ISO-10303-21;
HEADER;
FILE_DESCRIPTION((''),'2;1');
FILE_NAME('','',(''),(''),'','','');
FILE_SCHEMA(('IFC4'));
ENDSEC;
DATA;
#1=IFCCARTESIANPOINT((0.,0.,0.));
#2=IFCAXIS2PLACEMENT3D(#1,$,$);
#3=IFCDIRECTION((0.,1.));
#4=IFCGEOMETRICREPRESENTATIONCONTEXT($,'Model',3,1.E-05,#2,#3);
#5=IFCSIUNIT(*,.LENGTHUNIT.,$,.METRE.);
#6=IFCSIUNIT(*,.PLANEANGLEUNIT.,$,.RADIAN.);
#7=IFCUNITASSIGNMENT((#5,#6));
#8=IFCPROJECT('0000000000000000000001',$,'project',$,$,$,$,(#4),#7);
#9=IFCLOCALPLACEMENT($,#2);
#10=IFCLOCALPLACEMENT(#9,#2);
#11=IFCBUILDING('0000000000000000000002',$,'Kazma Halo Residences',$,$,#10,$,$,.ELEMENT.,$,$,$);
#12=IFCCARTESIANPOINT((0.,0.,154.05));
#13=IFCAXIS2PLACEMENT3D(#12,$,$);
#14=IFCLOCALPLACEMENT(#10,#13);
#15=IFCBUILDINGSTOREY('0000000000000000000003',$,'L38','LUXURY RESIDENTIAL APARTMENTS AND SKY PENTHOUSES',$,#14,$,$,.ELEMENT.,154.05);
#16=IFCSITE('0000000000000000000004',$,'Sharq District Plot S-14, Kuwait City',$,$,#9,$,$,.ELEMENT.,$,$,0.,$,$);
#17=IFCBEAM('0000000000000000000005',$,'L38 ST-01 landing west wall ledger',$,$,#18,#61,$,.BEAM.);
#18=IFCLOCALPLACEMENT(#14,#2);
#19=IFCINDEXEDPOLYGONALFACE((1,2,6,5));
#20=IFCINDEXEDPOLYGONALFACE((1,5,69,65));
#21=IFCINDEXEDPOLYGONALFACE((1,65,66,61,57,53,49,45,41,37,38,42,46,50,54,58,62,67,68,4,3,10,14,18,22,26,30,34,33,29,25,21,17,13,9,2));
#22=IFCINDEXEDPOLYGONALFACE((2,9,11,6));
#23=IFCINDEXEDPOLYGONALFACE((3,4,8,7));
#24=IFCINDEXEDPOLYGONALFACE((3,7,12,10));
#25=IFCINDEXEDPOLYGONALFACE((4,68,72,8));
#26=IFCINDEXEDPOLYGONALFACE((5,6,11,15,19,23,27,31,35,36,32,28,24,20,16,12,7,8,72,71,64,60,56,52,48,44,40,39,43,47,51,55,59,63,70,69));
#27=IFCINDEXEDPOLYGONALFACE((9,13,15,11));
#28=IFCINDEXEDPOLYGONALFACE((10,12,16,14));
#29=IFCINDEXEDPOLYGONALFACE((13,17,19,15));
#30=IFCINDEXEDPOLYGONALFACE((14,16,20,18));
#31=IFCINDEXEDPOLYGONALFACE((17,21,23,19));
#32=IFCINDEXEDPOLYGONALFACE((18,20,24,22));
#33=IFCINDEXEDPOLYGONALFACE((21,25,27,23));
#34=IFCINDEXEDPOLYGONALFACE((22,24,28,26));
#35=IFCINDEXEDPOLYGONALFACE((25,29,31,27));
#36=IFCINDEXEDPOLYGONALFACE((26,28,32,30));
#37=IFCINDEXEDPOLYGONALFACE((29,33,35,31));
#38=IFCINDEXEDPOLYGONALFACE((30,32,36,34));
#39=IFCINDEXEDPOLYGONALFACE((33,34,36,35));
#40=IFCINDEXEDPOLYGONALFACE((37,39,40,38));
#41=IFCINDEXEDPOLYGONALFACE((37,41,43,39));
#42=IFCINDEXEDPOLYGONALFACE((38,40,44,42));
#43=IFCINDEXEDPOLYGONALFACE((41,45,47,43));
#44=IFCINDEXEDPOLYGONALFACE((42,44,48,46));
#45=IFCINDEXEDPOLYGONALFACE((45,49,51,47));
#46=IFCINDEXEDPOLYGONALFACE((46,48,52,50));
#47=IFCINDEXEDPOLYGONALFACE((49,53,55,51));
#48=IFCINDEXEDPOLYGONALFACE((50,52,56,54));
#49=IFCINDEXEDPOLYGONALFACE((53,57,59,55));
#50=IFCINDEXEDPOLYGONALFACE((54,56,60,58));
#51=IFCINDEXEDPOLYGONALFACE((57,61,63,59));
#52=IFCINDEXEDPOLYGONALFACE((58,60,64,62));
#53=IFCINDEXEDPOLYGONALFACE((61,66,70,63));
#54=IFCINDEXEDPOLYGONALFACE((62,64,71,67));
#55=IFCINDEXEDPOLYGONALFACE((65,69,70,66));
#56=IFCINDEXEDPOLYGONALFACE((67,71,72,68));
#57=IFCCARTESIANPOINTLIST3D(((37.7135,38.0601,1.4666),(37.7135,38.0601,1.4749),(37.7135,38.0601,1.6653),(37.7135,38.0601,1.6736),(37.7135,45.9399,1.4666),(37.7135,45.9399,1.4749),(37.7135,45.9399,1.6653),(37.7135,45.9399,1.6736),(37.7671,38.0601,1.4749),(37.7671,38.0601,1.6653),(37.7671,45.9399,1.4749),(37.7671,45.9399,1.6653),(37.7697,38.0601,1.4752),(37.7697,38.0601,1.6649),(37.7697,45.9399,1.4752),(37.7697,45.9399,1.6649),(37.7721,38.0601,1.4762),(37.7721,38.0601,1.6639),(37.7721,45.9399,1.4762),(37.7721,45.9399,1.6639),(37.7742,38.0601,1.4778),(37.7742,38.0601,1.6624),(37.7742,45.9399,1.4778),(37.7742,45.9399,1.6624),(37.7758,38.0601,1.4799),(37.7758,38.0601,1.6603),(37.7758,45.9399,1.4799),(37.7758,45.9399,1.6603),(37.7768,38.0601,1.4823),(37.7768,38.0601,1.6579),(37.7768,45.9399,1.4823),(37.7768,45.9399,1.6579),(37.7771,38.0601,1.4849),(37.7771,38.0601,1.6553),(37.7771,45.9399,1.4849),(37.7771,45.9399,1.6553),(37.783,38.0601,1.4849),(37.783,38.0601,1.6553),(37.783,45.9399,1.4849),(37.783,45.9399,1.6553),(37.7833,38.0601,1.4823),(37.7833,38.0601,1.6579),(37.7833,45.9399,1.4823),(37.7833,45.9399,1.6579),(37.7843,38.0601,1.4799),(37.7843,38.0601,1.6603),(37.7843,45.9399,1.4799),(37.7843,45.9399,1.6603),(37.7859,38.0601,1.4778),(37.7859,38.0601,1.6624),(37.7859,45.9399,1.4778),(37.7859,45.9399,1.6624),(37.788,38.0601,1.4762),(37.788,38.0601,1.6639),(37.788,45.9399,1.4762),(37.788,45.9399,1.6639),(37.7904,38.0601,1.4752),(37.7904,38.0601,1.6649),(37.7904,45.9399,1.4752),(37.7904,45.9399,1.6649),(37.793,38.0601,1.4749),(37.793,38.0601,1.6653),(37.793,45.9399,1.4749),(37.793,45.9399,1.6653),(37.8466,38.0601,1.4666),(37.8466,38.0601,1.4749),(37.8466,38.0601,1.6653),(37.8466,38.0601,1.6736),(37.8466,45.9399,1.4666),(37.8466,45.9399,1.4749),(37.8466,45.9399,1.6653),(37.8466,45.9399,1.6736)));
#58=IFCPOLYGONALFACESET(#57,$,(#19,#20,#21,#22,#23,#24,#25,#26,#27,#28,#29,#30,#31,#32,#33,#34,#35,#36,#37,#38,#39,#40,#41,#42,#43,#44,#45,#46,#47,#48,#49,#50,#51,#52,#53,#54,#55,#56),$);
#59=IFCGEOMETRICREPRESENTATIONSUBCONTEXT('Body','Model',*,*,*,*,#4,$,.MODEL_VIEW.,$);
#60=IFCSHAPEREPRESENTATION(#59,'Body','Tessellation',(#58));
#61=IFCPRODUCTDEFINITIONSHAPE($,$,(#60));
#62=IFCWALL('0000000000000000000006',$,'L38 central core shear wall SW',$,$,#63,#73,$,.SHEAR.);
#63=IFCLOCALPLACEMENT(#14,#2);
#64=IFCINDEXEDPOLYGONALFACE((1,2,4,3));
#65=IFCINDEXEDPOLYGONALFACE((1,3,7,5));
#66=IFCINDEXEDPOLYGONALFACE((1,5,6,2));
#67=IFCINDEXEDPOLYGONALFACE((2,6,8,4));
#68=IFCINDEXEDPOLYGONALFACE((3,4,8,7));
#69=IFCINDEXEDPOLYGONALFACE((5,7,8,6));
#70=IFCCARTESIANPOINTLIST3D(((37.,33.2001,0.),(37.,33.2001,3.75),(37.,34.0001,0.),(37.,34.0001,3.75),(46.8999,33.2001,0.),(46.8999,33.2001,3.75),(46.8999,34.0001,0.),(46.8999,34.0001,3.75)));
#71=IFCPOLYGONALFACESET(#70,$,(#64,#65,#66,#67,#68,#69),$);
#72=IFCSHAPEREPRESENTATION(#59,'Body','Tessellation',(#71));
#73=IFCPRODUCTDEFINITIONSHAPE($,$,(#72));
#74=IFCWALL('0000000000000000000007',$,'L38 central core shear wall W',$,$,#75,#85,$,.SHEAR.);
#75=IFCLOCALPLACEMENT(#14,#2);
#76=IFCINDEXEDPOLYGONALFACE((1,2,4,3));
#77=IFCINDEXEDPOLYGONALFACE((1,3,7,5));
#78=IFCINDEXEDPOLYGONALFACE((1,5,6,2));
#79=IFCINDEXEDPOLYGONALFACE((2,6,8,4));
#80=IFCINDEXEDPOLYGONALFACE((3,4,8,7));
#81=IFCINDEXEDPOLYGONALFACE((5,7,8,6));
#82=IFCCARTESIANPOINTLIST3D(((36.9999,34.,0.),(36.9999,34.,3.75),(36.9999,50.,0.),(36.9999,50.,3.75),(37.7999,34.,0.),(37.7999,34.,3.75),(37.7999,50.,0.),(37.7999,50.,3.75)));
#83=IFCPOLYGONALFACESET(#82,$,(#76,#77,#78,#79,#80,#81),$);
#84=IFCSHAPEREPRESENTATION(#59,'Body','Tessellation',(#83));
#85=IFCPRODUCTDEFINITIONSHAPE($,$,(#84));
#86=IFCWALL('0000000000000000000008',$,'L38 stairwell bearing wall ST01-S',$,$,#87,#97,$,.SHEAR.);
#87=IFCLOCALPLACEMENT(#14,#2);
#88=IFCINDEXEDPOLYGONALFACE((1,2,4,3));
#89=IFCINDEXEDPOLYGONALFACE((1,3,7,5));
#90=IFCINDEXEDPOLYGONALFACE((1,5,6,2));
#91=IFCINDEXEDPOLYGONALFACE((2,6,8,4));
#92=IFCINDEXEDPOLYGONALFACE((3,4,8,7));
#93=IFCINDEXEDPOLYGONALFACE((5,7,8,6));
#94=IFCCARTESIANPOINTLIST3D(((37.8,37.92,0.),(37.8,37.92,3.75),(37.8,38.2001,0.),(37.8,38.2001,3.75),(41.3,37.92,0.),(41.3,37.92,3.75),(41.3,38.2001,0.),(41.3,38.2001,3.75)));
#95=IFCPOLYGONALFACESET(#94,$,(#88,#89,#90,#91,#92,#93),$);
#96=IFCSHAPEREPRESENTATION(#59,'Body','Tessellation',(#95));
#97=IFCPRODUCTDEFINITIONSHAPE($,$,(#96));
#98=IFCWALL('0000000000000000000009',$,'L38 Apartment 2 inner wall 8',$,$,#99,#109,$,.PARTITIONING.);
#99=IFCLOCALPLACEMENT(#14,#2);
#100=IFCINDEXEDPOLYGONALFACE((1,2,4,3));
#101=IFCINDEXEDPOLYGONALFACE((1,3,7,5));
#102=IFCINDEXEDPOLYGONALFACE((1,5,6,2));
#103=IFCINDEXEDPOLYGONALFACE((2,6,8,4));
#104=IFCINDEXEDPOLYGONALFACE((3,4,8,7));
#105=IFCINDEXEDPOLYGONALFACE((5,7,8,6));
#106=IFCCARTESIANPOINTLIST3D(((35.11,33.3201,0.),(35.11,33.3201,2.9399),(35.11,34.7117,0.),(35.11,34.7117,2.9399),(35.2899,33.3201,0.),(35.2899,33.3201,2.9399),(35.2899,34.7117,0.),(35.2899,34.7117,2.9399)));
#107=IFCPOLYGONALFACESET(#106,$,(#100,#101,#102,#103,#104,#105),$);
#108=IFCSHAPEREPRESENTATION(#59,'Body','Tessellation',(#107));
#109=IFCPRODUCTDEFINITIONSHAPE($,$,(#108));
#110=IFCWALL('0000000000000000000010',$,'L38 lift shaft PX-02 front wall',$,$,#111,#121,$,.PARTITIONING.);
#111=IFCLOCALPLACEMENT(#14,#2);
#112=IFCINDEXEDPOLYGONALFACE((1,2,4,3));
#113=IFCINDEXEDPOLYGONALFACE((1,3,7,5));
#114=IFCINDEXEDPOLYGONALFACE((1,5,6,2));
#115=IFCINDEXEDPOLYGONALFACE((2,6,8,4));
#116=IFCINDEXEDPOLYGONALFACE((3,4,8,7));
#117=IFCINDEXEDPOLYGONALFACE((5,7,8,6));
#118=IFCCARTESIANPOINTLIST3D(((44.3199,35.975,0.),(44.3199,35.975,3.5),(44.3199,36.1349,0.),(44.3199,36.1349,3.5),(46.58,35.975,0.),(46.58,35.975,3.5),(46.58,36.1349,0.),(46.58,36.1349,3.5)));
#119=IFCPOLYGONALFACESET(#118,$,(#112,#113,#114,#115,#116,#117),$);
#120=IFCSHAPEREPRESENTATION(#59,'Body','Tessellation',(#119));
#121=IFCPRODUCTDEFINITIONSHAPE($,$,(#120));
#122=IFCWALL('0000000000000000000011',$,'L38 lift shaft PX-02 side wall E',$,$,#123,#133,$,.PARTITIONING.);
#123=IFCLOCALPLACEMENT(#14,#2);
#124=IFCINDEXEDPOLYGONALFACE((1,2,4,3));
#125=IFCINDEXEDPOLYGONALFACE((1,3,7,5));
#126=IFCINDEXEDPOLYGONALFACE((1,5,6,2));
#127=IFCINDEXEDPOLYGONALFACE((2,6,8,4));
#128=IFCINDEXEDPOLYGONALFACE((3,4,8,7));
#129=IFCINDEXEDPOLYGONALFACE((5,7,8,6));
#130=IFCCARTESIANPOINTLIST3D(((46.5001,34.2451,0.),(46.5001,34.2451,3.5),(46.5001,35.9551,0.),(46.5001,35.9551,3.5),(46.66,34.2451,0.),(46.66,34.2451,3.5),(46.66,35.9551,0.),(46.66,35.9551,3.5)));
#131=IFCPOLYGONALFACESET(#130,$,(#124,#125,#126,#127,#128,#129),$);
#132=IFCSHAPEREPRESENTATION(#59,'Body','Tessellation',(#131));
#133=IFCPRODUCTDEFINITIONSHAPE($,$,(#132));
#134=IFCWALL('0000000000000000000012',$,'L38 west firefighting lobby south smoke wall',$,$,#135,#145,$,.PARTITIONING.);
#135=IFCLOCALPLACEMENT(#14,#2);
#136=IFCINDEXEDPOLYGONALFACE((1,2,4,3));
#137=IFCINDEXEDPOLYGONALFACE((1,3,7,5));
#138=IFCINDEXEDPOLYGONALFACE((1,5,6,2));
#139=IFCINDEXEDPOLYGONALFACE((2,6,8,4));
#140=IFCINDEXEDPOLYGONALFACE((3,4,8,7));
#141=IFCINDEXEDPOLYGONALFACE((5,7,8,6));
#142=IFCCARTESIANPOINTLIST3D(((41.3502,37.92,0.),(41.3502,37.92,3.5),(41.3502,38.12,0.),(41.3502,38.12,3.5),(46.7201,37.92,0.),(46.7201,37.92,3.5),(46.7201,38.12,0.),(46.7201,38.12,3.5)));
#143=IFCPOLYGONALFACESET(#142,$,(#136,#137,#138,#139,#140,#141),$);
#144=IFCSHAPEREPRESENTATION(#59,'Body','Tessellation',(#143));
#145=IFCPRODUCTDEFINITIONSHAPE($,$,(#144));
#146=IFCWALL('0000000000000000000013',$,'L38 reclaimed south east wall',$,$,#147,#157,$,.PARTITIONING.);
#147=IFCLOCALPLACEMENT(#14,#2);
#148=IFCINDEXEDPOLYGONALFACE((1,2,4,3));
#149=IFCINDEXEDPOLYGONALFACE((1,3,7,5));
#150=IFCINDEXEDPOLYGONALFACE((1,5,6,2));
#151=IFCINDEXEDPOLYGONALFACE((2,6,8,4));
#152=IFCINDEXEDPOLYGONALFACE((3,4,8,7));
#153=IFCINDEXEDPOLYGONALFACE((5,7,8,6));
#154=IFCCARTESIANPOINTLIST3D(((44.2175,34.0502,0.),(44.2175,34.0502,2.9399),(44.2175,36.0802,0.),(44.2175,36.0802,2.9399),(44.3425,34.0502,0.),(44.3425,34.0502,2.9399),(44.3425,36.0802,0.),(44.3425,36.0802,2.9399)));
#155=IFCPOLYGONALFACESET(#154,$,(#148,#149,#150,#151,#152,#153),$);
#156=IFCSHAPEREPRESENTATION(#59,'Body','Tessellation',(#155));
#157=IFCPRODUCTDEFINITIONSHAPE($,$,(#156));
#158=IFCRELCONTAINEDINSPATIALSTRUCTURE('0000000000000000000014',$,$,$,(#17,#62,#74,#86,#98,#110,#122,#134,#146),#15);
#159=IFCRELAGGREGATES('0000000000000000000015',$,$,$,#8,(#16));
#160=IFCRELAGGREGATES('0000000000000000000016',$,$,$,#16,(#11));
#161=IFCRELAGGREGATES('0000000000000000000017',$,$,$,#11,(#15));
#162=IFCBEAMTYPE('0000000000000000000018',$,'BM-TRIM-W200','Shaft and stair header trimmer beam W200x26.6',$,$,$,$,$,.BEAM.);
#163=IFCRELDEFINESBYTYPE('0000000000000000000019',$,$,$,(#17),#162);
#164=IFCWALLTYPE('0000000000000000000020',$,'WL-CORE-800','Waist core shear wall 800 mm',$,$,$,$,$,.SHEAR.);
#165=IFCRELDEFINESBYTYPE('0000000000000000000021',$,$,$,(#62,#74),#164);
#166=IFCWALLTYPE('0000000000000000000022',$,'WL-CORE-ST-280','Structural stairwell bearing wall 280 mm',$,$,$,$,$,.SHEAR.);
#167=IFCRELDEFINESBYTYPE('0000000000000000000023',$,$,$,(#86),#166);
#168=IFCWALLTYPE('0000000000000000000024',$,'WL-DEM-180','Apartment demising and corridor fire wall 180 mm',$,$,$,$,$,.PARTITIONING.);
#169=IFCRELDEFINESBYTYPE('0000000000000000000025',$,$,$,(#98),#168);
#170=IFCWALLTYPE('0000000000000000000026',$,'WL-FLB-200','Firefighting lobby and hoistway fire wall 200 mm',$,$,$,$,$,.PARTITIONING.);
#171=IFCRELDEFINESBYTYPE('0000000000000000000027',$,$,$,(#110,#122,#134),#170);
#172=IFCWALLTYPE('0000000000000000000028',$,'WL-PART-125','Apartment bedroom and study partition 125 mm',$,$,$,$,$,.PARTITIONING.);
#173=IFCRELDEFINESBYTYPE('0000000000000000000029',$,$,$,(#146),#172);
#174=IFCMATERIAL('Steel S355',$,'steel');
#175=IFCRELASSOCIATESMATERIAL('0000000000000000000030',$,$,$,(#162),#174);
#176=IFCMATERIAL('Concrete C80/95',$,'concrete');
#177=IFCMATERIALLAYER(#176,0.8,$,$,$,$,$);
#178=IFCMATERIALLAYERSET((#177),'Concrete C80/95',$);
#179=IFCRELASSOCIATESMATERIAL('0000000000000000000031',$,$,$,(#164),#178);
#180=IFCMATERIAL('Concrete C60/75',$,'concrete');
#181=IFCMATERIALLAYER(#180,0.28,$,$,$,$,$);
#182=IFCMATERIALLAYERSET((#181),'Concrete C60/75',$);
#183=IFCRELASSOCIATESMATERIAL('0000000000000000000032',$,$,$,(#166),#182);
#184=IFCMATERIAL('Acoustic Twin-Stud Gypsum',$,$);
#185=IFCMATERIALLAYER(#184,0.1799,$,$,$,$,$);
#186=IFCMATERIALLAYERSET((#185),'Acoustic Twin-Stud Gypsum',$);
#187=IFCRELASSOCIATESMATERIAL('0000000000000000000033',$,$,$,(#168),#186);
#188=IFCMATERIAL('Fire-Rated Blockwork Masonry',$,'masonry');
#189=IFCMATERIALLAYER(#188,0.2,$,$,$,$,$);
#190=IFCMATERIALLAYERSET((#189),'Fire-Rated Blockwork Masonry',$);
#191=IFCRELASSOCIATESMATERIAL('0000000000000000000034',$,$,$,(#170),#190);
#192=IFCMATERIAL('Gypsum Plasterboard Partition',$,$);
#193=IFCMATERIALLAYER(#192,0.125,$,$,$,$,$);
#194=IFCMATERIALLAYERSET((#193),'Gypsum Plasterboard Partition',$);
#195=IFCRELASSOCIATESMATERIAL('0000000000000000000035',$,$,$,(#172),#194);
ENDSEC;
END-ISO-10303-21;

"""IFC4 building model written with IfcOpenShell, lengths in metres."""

from ifc_helpers import new_model, si_unit, direction, frame, frame_2d, origin, origin_2d, place, context, subcontext, project, spatial, rectangle, i_section, extrude, material, layer, layer_set, material_profile, profile_set, type_object, element, save


model = new_model("IFC4")

# Units and contexts
model_context = context("Model", 3, precision=1e-05, world=origin(), true_north=direction((0.0, 1.0)))
body_context = subcontext(model_context, "Body", "Model", "MODEL_VIEW")
ifc_project = project(units=[si_unit("LENGTHUNIT", "METRE"), si_unit("PLANEANGLEUNIT", "RADIAN")], contexts=[model_context])

# Site, building, storey
site_placement = place(None, origin())
site = spatial("IfcSite", under=ifc_project, at=site_placement, Name="Sharq District Plot S-14, Kuwait City", CompositionType="ELEMENT", RefElevation=0.0)
building_placement = place(site_placement, origin())
building = spatial("IfcBuilding", under=site, at=building_placement, Name="Kazma Halo Residences", CompositionType="ELEMENT")
storey_placement = place(building_placement, frame((0.0, 0.0, 154.05)))
storey = spatial("IfcBuildingStorey", under=building, at=storey_placement, Name="L38", Description="LUXURY RESIDENTIAL APARTMENTS AND SKY PENTHOUSES", CompositionType="ELEMENT", Elevation=154.05)

# Beam
ifc_material_1 = material(Name="Steel S355", Category="steel")
ifc_material_profile_1 = material_profile(ifc_material_1, i_section(OverallWidth=0.1331, OverallDepth=0.207, WebThickness=0.0059, FlangeThickness=0.0083, FilletRadius=0.01, at=origin_2d()), Name="W200x26.6")
ifc_profile_set_1 = profile_set([ifc_material_profile_1], Name="Steel S355")
beam_type_1 = type_object("IfcBeamType", Name="BM-TRIM-W200", Description="Shaft and stair header trimmer beam W200x26.6", PredefinedType="BEAM", material=ifc_profile_set_1)
beam_1_placement = place(storey_placement, frame((37.78, 38.0601, 1.5701), z_axis=(0.0, 1.0, 0.0), x_axis=(-1.0, 0.0, 0.0)))
element("IfcBeam", 1, at=beam_1_placement, inside=storey, type_object=beam_type_1, Name="L38 ST-01 landing west wall ledger", PredefinedType="BEAM", context=body_context, shape_type="SweptSolid", body=[
    extrude(i_section(OverallWidth=0.1331, OverallDepth=0.207, WebThickness=0.0059, FlangeThickness=0.0083, FilletRadius=0.01, at=origin_2d()), origin(), (0.0, 0.0, 1.0), 7.8799),
])

# Walls
ifc_material_2 = material(Name="Concrete C80/95", Category="concrete")
ifc_layer_1 = layer(ifc_material_2, 0.8)
ifc_layer_set_1 = layer_set([ifc_layer_1], Name="Concrete C80/95")
wall_type_1 = type_object("IfcWallType", Name="WL-CORE-800", Description="Waist core shear wall 800 mm", PredefinedType="SHEAR", material=ifc_layer_set_1)
wall_1_placement = place(storey_placement, frame((37.0, 33.6001, 0.0), z_axis=(0.0, 0.0, 1.0), x_axis=(1.0, 0.0, 0.0)))
element("IfcWall", 2, at=wall_1_placement, inside=storey, type_object=wall_type_1, Name="L38 central core shear wall SW", PredefinedType="SHEAR", context=body_context, shape_type="SweptSolid", body=[
    extrude(rectangle(XDim=9.8999, YDim=0.8, at=frame_2d((4.95, 0.0))), origin(), (0.0, 0.0, 1.0), 3.75),
])
wall_2_placement = place(storey_placement, frame((37.3999, 34.0, 0.0), z_axis=(0.0, 0.0, 1.0), x_axis=(0.0, 1.0, 0.0)))
element("IfcWall", 3, at=wall_2_placement, inside=storey, type_object=wall_type_1, Name="L38 central core shear wall W", PredefinedType="SHEAR", context=body_context, shape_type="SweptSolid", body=[
    extrude(rectangle(XDim=16.0, YDim=0.8, at=frame_2d((8.0, 0.0))), origin(), (0.0, 0.0, 1.0), 3.75),
])
ifc_material_3 = material(Name="Concrete C60/75", Category="concrete")
ifc_layer_2 = layer(ifc_material_3, 0.28)
ifc_layer_set_2 = layer_set([ifc_layer_2], Name="Concrete C60/75")
wall_type_2 = type_object("IfcWallType", Name="WL-CORE-ST-280", Description="Structural stairwell bearing wall 280 mm", PredefinedType="SHEAR", material=ifc_layer_set_2)
wall_3_placement = place(storey_placement, frame((37.8, 38.0601, 0.0), z_axis=(0.0, 0.0, 1.0), x_axis=(1.0, 0.0, 0.0)))
element("IfcWall", 4, at=wall_3_placement, inside=storey, type_object=wall_type_2, Name="L38 stairwell bearing wall ST01-S", PredefinedType="SHEAR", context=body_context, shape_type="SweptSolid", body=[
    extrude(rectangle(XDim=3.5, YDim=0.28, at=frame_2d((1.75, 0.0))), origin(), (0.0, 0.0, 1.0), 3.75),
])
ifc_material_4 = material(Name="Acoustic Twin-Stud Gypsum")
ifc_layer_3 = layer(ifc_material_4, 0.1799)
ifc_layer_set_3 = layer_set([ifc_layer_3], Name="Acoustic Twin-Stud Gypsum")
wall_type_3 = type_object("IfcWallType", Name="WL-DEM-180", Description="Apartment demising and corridor fire wall 180 mm", PredefinedType="PARTITIONING", material=ifc_layer_set_3)
wall_4_placement = place(storey_placement, frame((35.2, 34.7117, 0.0), z_axis=(0.0, 0.0, 1.0), x_axis=(0.0, -1.0, 0.0)))
element("IfcWall", 5, at=wall_4_placement, inside=storey, type_object=wall_type_3, Name="L38 Apartment 2 inner wall 8", PredefinedType="PARTITIONING", context=body_context, shape_type="SweptSolid", body=[
    extrude(rectangle(XDim=1.3916, YDim=0.1799, at=frame_2d((0.6958, 0.0))), origin(), (0.0, 0.0, 1.0), 2.9399),
])
ifc_material_5 = material(Name="Fire-Rated Blockwork Masonry", Category="masonry")
ifc_layer_4 = layer(ifc_material_5, 0.2)
ifc_layer_set_4 = layer_set([ifc_layer_4], Name="Fire-Rated Blockwork Masonry")
wall_type_4 = type_object("IfcWallType", Name="WL-FLB-200", Description="Firefighting lobby and hoistway fire wall 200 mm", PredefinedType="PARTITIONING", material=ifc_layer_set_4)
wall_5_placement = place(storey_placement, frame((44.3201, 36.0549, 0.0), z_axis=(0.0, 0.0, 1.0), x_axis=(1.0, 0.0, 0.0)))
element("IfcWall", 6, at=wall_5_placement, inside=storey, type_object=wall_type_4, Name="L38 lift shaft PX-02 front wall", PredefinedType="PARTITIONING", context=body_context, shape_type="SweptSolid", body=[
    extrude(rectangle(XDim=2.26, YDim=0.1599, at=frame_2d((1.1299, 0.0))), origin(), (0.0, 0.0, 1.0), 3.5),
])
wall_6_placement = place(storey_placement, frame((46.5801, 34.2451, 0.0), z_axis=(0.0, 0.0, 1.0), x_axis=(0.0, 1.0, 0.0)))
element("IfcWall", 7, at=wall_6_placement, inside=storey, type_object=wall_type_4, Name="L38 lift shaft PX-02 side wall E", PredefinedType="PARTITIONING", context=body_context, shape_type="SweptSolid", body=[
    extrude(rectangle(XDim=1.71, YDim=0.1599, at=frame_2d((0.855, 0.0))), origin(), (0.0, 0.0, 1.0), 3.5),
])
wall_7_placement = place(storey_placement, frame((41.3501, 38.02, 0.0), z_axis=(0.0, 0.0, 1.0), x_axis=(1.0, 0.0, 0.0)))
element("IfcWall", 8, at=wall_7_placement, inside=storey, type_object=wall_type_4, Name="L38 west firefighting lobby south smoke wall", PredefinedType="PARTITIONING", context=body_context, shape_type="SweptSolid", body=[
    extrude(rectangle(XDim=5.3699, YDim=0.2, at=frame_2d((2.6851, 0.0))), origin(), (0.0, 0.0, 1.0), 3.5),
])
ifc_material_6 = material(Name="Gypsum Plasterboard Partition")
ifc_layer_5 = layer(ifc_material_6, 0.125)
ifc_layer_set_5 = layer_set([ifc_layer_5], Name="Gypsum Plasterboard Partition")
wall_type_5 = type_object("IfcWallType", Name="WL-PART-125", Description="Apartment bedroom and study partition 125 mm", PredefinedType="PARTITIONING", material=ifc_layer_set_5)
wall_8_placement = place(storey_placement, frame((44.28, 34.05, 0.0), z_axis=(0.0, 0.0, 1.0), x_axis=(0.0, 1.0, 0.0)))
element("IfcWall", 9, at=wall_8_placement, inside=storey, type_object=wall_type_5, Name="L38 reclaimed south east wall", PredefinedType="PARTITIONING", context=body_context, shape_type="SweptSolid", body=[
    extrude(rectangle(XDim=2.03, YDim=0.125, at=frame_2d((1.0151, 0.0))), origin(), (0.0, 0.0, 1.0), 2.9399),
])

save(model, "model.ifc")
